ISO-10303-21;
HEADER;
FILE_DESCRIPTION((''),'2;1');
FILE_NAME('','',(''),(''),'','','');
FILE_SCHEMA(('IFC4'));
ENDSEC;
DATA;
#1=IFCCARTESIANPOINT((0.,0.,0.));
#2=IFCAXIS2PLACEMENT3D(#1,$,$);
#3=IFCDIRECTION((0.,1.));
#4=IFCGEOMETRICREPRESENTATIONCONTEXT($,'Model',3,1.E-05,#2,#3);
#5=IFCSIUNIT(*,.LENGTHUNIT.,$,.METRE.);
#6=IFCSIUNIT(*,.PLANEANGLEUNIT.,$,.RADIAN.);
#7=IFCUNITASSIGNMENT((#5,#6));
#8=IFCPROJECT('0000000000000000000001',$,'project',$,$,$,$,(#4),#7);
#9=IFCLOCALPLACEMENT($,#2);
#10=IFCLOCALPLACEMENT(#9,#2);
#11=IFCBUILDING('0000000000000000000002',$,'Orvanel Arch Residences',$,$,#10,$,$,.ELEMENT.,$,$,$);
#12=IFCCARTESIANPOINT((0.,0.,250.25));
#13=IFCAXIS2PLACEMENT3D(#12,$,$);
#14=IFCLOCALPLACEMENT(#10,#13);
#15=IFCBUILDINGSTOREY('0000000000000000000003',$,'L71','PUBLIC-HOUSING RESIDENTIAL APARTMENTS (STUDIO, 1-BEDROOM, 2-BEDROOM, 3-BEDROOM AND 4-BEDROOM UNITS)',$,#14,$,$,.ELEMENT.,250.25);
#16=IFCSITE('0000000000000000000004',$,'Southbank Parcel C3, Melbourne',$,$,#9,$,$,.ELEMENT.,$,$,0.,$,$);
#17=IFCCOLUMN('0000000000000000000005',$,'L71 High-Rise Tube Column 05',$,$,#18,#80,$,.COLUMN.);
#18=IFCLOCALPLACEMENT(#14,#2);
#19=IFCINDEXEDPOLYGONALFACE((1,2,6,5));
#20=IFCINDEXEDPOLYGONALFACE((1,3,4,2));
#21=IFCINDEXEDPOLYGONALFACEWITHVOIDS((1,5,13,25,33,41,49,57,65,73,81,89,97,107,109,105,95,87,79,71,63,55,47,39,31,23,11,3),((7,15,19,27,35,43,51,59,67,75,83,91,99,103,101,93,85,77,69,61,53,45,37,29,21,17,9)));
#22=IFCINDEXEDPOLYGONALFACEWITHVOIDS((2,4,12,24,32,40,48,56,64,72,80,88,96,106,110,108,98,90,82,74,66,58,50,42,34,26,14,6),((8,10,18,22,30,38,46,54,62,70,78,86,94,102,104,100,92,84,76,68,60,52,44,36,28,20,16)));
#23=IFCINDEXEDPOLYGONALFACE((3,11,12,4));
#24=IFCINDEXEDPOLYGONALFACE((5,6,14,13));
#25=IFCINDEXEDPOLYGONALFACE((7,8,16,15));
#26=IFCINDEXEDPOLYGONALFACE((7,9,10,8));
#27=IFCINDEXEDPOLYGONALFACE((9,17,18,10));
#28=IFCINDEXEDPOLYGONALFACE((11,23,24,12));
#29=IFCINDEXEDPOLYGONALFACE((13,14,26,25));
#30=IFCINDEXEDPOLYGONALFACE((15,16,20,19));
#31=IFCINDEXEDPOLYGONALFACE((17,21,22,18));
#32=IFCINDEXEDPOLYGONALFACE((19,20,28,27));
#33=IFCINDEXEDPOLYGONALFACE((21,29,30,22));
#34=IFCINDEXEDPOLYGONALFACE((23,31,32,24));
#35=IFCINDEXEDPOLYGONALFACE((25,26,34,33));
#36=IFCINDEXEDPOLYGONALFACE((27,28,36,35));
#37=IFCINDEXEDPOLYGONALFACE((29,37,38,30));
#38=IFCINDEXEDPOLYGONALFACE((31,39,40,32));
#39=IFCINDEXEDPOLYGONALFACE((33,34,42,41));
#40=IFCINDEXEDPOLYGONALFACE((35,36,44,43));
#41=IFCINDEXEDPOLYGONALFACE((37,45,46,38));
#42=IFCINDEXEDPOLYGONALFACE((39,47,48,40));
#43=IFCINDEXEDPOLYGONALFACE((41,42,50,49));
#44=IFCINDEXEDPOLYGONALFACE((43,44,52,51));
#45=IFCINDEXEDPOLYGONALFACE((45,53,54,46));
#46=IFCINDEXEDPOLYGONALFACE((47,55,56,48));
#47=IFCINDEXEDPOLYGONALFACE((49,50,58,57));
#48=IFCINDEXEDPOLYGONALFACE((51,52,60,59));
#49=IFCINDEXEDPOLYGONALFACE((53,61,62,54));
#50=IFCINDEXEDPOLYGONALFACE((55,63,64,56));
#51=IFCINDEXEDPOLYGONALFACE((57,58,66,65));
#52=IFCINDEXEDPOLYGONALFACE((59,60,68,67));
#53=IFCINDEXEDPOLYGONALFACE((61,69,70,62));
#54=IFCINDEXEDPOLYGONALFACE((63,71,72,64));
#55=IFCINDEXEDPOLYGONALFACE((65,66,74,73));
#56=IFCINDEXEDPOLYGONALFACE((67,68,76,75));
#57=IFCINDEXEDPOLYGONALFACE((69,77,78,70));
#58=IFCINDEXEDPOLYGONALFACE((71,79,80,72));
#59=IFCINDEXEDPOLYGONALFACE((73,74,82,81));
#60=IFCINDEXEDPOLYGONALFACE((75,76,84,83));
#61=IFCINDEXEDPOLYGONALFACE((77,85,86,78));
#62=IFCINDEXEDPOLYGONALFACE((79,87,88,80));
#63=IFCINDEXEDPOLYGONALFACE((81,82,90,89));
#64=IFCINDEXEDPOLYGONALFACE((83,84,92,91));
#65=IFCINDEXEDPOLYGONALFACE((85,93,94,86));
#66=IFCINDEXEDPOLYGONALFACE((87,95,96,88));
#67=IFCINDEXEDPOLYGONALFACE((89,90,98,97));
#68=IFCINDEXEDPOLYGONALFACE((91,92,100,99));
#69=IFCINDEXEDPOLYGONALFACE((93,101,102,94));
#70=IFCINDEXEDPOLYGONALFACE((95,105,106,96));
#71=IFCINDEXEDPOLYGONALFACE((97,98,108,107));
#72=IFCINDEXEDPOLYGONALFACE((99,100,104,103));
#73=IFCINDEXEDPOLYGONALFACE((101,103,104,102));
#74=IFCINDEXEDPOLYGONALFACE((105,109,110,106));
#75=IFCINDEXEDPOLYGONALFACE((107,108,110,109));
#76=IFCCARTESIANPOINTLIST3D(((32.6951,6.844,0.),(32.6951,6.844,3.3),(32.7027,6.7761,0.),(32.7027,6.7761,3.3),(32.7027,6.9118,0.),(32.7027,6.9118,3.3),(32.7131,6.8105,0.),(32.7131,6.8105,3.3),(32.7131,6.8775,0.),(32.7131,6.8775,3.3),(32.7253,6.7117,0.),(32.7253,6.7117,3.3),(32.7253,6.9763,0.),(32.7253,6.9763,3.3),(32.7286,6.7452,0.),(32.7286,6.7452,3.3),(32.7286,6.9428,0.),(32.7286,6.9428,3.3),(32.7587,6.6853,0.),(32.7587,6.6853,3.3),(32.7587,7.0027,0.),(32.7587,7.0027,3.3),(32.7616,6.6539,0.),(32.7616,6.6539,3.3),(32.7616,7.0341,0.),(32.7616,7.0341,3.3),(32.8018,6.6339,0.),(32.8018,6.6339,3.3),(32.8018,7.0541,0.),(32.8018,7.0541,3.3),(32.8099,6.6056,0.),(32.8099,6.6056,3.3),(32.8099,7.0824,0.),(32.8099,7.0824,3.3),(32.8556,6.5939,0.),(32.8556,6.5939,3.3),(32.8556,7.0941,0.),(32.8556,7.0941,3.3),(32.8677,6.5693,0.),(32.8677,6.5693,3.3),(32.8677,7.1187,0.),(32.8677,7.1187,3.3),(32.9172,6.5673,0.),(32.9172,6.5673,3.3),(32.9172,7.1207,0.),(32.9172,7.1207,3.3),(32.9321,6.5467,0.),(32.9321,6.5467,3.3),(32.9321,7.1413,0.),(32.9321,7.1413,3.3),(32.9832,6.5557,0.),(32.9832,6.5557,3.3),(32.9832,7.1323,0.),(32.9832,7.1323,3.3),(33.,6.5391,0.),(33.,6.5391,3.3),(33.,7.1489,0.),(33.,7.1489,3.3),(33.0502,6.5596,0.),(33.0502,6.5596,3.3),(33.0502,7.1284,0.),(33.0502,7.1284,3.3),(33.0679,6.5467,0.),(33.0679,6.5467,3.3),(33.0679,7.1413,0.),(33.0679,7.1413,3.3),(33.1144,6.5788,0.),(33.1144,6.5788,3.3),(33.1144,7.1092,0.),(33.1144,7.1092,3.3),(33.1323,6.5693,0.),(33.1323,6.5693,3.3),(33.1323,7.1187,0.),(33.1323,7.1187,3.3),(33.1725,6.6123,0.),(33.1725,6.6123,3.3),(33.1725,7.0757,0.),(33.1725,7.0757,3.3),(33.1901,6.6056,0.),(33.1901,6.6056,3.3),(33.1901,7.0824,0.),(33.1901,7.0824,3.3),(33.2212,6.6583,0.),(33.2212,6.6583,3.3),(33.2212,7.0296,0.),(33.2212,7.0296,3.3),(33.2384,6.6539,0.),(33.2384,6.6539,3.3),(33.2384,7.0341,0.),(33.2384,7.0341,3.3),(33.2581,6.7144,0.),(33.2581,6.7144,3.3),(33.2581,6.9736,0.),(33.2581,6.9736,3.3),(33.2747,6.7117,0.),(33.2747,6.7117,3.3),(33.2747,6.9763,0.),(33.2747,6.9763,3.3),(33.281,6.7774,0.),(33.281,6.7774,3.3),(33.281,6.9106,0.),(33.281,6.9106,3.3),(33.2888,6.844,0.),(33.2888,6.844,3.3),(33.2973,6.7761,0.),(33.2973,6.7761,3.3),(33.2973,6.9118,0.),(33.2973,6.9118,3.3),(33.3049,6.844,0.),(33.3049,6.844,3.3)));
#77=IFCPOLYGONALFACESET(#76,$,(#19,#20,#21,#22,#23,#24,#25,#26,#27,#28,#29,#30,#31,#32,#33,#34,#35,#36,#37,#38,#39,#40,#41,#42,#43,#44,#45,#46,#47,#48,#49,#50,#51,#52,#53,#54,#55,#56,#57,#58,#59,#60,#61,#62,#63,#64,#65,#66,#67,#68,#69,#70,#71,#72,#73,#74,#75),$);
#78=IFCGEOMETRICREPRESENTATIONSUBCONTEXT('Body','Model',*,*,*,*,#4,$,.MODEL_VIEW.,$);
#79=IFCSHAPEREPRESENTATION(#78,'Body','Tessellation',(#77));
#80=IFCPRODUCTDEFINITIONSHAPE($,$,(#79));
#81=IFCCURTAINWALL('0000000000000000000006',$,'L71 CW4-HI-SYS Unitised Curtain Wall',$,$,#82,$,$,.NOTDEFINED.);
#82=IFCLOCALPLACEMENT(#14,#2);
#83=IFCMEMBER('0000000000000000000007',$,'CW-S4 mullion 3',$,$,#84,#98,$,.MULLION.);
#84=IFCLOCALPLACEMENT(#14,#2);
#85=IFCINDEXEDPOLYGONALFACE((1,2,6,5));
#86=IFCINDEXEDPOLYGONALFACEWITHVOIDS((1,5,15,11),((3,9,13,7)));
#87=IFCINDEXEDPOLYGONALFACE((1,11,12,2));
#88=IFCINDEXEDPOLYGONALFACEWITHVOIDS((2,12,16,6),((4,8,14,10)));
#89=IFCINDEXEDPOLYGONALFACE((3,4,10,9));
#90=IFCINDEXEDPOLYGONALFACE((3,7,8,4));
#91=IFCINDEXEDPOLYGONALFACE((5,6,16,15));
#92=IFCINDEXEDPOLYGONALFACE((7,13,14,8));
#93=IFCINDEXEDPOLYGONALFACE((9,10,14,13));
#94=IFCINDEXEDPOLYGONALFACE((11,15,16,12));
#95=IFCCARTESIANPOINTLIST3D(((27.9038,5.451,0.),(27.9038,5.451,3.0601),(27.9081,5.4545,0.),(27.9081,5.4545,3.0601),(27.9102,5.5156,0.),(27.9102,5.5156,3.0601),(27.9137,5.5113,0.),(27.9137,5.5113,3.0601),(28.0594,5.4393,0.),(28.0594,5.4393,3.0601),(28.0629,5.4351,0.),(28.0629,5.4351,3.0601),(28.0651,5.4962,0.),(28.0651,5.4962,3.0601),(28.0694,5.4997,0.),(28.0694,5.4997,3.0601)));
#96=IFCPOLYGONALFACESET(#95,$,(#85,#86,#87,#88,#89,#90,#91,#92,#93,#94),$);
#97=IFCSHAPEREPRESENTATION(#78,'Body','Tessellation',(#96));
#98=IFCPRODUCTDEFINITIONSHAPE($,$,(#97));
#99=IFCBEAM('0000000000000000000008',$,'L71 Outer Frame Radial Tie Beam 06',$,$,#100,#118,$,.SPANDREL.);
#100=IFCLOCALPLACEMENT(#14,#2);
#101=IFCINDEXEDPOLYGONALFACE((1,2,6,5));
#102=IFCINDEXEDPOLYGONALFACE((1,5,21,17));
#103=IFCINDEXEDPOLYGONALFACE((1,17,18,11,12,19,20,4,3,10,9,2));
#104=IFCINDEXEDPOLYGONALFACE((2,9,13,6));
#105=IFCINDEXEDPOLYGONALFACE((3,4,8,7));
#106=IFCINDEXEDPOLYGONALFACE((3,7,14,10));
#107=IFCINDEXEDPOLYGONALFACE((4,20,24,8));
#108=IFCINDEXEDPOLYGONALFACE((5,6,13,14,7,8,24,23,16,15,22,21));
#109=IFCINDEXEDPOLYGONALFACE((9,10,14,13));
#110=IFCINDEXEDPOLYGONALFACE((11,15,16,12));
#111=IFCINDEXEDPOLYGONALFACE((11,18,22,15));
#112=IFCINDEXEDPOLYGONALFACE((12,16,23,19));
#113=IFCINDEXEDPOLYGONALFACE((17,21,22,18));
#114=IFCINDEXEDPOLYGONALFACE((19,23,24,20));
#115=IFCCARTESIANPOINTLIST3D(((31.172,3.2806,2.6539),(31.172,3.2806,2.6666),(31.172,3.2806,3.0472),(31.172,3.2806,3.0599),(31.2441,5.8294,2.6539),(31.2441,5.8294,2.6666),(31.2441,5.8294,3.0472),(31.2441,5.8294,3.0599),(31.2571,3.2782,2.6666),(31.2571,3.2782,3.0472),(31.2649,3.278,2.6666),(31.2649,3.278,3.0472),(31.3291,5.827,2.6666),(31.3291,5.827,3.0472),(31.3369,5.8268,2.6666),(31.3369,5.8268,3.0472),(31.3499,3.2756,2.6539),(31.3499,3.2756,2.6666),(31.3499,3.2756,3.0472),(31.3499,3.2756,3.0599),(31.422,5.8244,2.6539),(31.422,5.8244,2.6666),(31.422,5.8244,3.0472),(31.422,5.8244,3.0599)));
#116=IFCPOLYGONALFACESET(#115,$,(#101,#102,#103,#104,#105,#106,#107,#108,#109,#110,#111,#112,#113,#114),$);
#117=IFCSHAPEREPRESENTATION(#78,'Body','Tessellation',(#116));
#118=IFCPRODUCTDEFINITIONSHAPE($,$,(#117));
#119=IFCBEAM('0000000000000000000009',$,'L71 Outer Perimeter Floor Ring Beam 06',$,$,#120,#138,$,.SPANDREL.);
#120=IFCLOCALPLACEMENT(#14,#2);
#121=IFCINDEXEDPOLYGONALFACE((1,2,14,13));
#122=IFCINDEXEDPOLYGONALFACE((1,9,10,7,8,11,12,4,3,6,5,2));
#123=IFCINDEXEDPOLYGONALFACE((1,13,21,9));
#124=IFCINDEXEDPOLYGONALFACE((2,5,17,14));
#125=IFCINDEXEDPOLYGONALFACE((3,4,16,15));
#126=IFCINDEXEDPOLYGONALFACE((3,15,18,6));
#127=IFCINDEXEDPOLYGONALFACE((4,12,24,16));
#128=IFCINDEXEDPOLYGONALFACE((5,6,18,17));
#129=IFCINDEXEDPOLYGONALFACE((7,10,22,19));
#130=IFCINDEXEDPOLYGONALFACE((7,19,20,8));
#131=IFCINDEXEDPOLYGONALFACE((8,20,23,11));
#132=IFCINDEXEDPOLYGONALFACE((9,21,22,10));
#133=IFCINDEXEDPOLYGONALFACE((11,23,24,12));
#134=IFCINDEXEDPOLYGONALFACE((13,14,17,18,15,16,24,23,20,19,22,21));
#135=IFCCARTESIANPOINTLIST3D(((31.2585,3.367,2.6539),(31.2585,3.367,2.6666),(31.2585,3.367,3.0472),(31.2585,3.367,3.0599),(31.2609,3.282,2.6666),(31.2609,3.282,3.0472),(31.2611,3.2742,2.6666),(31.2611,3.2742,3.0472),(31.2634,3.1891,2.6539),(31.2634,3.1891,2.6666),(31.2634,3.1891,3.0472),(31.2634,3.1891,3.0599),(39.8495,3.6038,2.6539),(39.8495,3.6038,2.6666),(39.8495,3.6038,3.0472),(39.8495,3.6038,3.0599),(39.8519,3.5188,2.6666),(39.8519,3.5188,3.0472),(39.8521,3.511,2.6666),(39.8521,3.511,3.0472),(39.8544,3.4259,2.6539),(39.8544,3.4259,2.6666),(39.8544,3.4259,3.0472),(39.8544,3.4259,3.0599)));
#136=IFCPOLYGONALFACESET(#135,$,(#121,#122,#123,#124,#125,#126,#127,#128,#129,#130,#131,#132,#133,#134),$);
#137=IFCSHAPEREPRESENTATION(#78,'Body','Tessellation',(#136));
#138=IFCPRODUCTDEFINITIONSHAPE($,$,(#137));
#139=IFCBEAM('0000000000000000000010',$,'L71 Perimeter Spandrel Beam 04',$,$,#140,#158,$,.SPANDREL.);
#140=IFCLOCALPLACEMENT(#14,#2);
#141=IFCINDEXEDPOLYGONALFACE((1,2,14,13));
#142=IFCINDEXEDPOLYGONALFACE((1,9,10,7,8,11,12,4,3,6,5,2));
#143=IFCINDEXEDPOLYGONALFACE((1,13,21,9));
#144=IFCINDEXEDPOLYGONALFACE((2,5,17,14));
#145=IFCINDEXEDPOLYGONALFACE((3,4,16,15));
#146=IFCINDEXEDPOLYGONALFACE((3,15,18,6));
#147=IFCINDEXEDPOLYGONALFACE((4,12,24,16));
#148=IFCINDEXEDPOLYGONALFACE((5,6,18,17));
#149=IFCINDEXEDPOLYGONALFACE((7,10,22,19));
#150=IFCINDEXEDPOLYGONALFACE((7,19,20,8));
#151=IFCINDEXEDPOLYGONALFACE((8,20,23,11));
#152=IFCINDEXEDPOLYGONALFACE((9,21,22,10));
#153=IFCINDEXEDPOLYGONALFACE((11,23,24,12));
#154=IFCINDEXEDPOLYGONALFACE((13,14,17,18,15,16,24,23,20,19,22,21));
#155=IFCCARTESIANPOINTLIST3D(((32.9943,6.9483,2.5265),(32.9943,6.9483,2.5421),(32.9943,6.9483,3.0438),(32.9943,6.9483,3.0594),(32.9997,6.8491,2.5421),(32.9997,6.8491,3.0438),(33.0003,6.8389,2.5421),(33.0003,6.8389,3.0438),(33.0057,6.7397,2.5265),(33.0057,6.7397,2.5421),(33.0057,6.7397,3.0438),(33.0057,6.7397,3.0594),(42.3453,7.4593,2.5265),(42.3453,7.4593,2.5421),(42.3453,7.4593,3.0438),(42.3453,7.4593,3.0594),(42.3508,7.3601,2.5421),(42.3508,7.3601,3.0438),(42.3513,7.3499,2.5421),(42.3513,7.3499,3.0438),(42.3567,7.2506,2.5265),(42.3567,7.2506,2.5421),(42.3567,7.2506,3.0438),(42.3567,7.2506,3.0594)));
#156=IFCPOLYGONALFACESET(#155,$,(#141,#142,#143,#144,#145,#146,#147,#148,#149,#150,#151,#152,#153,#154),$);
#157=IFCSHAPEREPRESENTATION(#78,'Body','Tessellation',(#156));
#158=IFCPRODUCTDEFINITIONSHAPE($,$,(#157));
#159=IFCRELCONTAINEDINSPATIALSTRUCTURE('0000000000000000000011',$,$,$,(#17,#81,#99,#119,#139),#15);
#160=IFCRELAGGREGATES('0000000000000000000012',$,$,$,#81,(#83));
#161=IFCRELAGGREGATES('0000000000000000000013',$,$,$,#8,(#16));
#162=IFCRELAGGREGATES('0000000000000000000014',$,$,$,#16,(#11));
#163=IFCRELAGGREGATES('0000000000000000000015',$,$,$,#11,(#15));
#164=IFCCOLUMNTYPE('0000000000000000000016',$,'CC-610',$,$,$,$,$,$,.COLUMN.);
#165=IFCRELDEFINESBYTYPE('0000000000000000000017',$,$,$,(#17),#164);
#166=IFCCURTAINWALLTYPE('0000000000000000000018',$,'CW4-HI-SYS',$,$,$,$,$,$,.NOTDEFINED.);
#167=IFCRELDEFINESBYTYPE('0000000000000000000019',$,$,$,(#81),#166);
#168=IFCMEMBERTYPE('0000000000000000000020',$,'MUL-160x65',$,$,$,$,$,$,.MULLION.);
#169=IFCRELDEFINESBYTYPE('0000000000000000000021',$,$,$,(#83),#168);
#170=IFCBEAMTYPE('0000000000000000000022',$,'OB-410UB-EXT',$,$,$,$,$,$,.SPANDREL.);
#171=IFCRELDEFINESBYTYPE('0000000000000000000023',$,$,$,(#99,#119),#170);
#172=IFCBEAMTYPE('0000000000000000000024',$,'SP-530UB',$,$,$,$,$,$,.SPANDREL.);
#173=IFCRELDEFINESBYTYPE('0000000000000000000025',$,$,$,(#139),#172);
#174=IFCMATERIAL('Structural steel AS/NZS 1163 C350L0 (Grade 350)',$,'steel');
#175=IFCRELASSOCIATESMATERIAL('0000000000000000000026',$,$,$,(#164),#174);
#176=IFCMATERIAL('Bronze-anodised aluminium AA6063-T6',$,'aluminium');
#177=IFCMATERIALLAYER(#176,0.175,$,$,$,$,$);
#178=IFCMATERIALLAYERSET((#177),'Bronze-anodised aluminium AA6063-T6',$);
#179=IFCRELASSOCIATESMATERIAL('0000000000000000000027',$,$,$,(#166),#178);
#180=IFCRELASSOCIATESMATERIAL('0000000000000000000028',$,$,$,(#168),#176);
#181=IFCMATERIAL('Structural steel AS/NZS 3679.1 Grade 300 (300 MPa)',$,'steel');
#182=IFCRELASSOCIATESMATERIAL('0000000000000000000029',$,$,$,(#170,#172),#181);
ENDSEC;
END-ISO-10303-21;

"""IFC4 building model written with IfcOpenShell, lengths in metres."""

from ifc_helpers import new_model, si_unit, direction, frame, origin, origin_2d, place, context, subcontext, project, spatial, hollow_rectangle, hollow_circle, i_section, extrude, material, layer, layer_set, material_profile, profile_set, type_object, element, aggregate, save


model = new_model("IFC4")

# Units and contexts
model_context = context("Model", 3, precision=1e-05, world=origin(), true_north=direction((0.0, 1.0)))
body_context = subcontext(model_context, "Body", "Model", "MODEL_VIEW")
ifc_project = project(units=[si_unit("LENGTHUNIT", "METRE"), si_unit("PLANEANGLEUNIT", "RADIAN")], contexts=[model_context])

# Site, building, storey
site_placement = place(None, origin())
site = spatial("IfcSite", under=ifc_project, at=site_placement, Name="Southbank Parcel C3, Melbourne", CompositionType="ELEMENT", RefElevation=0.0)
building_placement = place(site_placement, origin())
building = spatial("IfcBuilding", under=site, at=building_placement, Name="Orvanel Arch Residences", CompositionType="ELEMENT")
storey_placement = place(building_placement, frame((0.0, 0.0, 250.25)))
storey = spatial("IfcBuildingStorey", under=building, at=storey_placement, Name="L71", Description="PUBLIC-HOUSING RESIDENTIAL APARTMENTS (STUDIO, 1-BEDROOM, 2-BEDROOM, 3-BEDROOM AND 4-BEDROOM UNITS)", CompositionType="ELEMENT", Elevation=250.25)

# Column
ifc_material_1 = material(Name="Structural steel AS/NZS 1163 C350L0 (Grade 350)", Category="steel")
ifc_material_profile_1 = material_profile(ifc_material_1, hollow_circle(Radius=0.3049, WallThickness=0.0161, at=origin_2d()), Name="CHS610x16")
ifc_profile_set_1 = profile_set([ifc_material_profile_1], Name="Structural steel AS/NZS 1163 C350L0 (Grade 350)")
column_type = type_object("IfcColumnType", Name="CC-610", PredefinedType="COLUMN", material=ifc_profile_set_1)
column_placement = place(storey_placement, frame((33.0, 6.844, 0.0), z_axis=(0.0, 0.0, 1.0), x_axis=(1.0, 0.0, 0.0)))
element("IfcColumn", 1, at=column_placement, inside=storey, type_object=column_type, Name="L71 High-Rise Tube Column 05", PredefinedType="COLUMN", context=body_context, shape_type="SweptSolid", body=[
    extrude(hollow_circle(Radius=0.3049, WallThickness=0.0161, at=origin_2d()), origin(), (0.0, 0.0, 1.0), 3.3),
])

# Curtain wall, member
ifc_material_2 = material(Name="Bronze-anodised aluminium AA6063-T6", Category="aluminium")
ifc_layer_1 = layer(ifc_material_2, 0.175)
ifc_layer_set_1 = layer_set([ifc_layer_1], Name="Bronze-anodised aluminium AA6063-T6")
curtain_wall_type = type_object("IfcCurtainWallType", Name="CW4-HI-SYS", PredefinedType="NOTDEFINED", material=ifc_layer_set_1)
curtain_wall_placement = place(storey_placement, origin())
curtain_wall = element("IfcCurtainWall", 2, at=curtain_wall_placement, inside=storey, type_object=curtain_wall_type, Name="L71 CW4-HI-SYS Unitised Curtain Wall", PredefinedType="NOTDEFINED")
ifc_material_profile_2 = material_profile(ifc_material_2, hollow_rectangle(XDim=0.0649, YDim=0.1599, WallThickness=0.0039, at=origin_2d()), Name="ALU160x65x4")
ifc_profile_set_2 = profile_set([ifc_material_profile_2], Name="Bronze-anodised aluminium AA6063-T6")
member_type_1 = type_object("IfcMemberType", Name="MUL-160x65", PredefinedType="MULLION", material=ifc_profile_set_2)
member_1_placement = place(storey_placement, frame((27.9866, 5.4753, 0.0), z_axis=(0.0, 0.0, 1.0), x_axis=(0.099583, 0.995029, 0.0)))
member_1 = element("IfcMember", 3, at=member_1_placement, type_object=member_type_1, Name="CW-S4 mullion 3", PredefinedType="MULLION", context=body_context, shape_type="SweptSolid", body=[
    extrude(hollow_rectangle(XDim=0.0649, YDim=0.1599, WallThickness=0.0039, at=origin_2d()), origin(), (0.0, 0.0, 1.0), 3.0601),
])

# Beams
ifc_material_3 = material(Name="Structural steel AS/NZS 3679.1 Grade 300 (300 MPa)", Category="steel")
ifc_material_profile_3 = material_profile(ifc_material_3, i_section(OverallWidth=0.178, OverallDepth=0.406, WebThickness=0.0078, FlangeThickness=0.0127, at=origin_2d()), Name="410UB59.7")
ifc_profile_set_3 = profile_set([ifc_material_profile_3], Name="Structural steel AS/NZS 3679.1 Grade 300 (300 MPa)")
beam_type_1 = type_object("IfcBeamType", Name="OB-410UB-EXT", PredefinedType="SPANDREL", material=ifc_profile_set_3)
beam_1_placement = place(storey_placement, frame((31.333, 5.8269, 2.8569), z_axis=(-0.028245, -0.999601, 0.0), x_axis=(0.999601, -0.028245, 0.0)))
element("IfcBeam", 4, at=beam_1_placement, inside=storey, type_object=beam_type_1, Name="L71 Outer Frame Radial Tie Beam 06", PredefinedType="SPANDREL", context=body_context, shape_type="SweptSolid", body=[
    extrude(i_section(OverallWidth=0.178, OverallDepth=0.406, WebThickness=0.0078, FlangeThickness=0.0127, at=origin_2d()), origin(), (0.0, 0.0, 1.0), 2.5498),
])
beam_2_placement = place(storey_placement, frame((31.261, 3.2781, 2.8569), z_axis=(0.99962, 0.027555, 0.0), x_axis=(-0.027555, 0.99962, 0.0)))
element("IfcBeam", 5, at=beam_2_placement, inside=storey, type_object=beam_type_1, Name="L71 Outer Perimeter Floor Ring Beam 06", PredefinedType="SPANDREL", context=body_context, shape_type="SweptSolid", body=[
    extrude(i_section(OverallWidth=0.178, OverallDepth=0.406, WebThickness=0.0078, FlangeThickness=0.0127, at=origin_2d()), origin(), (0.0, 0.0, 1.0), 8.5942),
])
ifc_material_profile_4 = material_profile(ifc_material_3, i_section(OverallWidth=0.209, OverallDepth=0.533, WebThickness=0.0103, FlangeThickness=0.0156, at=origin_2d()), Name="530UB92.4")
ifc_profile_set_4 = profile_set([ifc_material_profile_4], Name="Structural steel AS/NZS 3679.1 Grade 300 (300 MPa)")
beam_type_2 = type_object("IfcBeamType", Name="SP-530UB", PredefinedType="SPANDREL", material=ifc_profile_set_4)
beam_3_placement = place(storey_placement, frame((33.0, 6.844, 2.793), z_axis=(0.99851, 0.054563, 0.0), x_axis=(-0.054563, 0.99851, 0.0)))
element("IfcBeam", 6, at=beam_3_placement, inside=storey, type_object=beam_type_2, Name="L71 Perimeter Spandrel Beam 04", PredefinedType="SPANDREL", context=body_context, shape_type="SweptSolid", body=[
    extrude(i_section(OverallWidth=0.209, OverallDepth=0.533, WebThickness=0.0103, FlangeThickness=0.0156, at=origin_2d()), origin(), (0.0, 0.0, 1.0), 9.365),
])

aggregate(curtain_wall, [member_1])

save(model, "model.ifc")
